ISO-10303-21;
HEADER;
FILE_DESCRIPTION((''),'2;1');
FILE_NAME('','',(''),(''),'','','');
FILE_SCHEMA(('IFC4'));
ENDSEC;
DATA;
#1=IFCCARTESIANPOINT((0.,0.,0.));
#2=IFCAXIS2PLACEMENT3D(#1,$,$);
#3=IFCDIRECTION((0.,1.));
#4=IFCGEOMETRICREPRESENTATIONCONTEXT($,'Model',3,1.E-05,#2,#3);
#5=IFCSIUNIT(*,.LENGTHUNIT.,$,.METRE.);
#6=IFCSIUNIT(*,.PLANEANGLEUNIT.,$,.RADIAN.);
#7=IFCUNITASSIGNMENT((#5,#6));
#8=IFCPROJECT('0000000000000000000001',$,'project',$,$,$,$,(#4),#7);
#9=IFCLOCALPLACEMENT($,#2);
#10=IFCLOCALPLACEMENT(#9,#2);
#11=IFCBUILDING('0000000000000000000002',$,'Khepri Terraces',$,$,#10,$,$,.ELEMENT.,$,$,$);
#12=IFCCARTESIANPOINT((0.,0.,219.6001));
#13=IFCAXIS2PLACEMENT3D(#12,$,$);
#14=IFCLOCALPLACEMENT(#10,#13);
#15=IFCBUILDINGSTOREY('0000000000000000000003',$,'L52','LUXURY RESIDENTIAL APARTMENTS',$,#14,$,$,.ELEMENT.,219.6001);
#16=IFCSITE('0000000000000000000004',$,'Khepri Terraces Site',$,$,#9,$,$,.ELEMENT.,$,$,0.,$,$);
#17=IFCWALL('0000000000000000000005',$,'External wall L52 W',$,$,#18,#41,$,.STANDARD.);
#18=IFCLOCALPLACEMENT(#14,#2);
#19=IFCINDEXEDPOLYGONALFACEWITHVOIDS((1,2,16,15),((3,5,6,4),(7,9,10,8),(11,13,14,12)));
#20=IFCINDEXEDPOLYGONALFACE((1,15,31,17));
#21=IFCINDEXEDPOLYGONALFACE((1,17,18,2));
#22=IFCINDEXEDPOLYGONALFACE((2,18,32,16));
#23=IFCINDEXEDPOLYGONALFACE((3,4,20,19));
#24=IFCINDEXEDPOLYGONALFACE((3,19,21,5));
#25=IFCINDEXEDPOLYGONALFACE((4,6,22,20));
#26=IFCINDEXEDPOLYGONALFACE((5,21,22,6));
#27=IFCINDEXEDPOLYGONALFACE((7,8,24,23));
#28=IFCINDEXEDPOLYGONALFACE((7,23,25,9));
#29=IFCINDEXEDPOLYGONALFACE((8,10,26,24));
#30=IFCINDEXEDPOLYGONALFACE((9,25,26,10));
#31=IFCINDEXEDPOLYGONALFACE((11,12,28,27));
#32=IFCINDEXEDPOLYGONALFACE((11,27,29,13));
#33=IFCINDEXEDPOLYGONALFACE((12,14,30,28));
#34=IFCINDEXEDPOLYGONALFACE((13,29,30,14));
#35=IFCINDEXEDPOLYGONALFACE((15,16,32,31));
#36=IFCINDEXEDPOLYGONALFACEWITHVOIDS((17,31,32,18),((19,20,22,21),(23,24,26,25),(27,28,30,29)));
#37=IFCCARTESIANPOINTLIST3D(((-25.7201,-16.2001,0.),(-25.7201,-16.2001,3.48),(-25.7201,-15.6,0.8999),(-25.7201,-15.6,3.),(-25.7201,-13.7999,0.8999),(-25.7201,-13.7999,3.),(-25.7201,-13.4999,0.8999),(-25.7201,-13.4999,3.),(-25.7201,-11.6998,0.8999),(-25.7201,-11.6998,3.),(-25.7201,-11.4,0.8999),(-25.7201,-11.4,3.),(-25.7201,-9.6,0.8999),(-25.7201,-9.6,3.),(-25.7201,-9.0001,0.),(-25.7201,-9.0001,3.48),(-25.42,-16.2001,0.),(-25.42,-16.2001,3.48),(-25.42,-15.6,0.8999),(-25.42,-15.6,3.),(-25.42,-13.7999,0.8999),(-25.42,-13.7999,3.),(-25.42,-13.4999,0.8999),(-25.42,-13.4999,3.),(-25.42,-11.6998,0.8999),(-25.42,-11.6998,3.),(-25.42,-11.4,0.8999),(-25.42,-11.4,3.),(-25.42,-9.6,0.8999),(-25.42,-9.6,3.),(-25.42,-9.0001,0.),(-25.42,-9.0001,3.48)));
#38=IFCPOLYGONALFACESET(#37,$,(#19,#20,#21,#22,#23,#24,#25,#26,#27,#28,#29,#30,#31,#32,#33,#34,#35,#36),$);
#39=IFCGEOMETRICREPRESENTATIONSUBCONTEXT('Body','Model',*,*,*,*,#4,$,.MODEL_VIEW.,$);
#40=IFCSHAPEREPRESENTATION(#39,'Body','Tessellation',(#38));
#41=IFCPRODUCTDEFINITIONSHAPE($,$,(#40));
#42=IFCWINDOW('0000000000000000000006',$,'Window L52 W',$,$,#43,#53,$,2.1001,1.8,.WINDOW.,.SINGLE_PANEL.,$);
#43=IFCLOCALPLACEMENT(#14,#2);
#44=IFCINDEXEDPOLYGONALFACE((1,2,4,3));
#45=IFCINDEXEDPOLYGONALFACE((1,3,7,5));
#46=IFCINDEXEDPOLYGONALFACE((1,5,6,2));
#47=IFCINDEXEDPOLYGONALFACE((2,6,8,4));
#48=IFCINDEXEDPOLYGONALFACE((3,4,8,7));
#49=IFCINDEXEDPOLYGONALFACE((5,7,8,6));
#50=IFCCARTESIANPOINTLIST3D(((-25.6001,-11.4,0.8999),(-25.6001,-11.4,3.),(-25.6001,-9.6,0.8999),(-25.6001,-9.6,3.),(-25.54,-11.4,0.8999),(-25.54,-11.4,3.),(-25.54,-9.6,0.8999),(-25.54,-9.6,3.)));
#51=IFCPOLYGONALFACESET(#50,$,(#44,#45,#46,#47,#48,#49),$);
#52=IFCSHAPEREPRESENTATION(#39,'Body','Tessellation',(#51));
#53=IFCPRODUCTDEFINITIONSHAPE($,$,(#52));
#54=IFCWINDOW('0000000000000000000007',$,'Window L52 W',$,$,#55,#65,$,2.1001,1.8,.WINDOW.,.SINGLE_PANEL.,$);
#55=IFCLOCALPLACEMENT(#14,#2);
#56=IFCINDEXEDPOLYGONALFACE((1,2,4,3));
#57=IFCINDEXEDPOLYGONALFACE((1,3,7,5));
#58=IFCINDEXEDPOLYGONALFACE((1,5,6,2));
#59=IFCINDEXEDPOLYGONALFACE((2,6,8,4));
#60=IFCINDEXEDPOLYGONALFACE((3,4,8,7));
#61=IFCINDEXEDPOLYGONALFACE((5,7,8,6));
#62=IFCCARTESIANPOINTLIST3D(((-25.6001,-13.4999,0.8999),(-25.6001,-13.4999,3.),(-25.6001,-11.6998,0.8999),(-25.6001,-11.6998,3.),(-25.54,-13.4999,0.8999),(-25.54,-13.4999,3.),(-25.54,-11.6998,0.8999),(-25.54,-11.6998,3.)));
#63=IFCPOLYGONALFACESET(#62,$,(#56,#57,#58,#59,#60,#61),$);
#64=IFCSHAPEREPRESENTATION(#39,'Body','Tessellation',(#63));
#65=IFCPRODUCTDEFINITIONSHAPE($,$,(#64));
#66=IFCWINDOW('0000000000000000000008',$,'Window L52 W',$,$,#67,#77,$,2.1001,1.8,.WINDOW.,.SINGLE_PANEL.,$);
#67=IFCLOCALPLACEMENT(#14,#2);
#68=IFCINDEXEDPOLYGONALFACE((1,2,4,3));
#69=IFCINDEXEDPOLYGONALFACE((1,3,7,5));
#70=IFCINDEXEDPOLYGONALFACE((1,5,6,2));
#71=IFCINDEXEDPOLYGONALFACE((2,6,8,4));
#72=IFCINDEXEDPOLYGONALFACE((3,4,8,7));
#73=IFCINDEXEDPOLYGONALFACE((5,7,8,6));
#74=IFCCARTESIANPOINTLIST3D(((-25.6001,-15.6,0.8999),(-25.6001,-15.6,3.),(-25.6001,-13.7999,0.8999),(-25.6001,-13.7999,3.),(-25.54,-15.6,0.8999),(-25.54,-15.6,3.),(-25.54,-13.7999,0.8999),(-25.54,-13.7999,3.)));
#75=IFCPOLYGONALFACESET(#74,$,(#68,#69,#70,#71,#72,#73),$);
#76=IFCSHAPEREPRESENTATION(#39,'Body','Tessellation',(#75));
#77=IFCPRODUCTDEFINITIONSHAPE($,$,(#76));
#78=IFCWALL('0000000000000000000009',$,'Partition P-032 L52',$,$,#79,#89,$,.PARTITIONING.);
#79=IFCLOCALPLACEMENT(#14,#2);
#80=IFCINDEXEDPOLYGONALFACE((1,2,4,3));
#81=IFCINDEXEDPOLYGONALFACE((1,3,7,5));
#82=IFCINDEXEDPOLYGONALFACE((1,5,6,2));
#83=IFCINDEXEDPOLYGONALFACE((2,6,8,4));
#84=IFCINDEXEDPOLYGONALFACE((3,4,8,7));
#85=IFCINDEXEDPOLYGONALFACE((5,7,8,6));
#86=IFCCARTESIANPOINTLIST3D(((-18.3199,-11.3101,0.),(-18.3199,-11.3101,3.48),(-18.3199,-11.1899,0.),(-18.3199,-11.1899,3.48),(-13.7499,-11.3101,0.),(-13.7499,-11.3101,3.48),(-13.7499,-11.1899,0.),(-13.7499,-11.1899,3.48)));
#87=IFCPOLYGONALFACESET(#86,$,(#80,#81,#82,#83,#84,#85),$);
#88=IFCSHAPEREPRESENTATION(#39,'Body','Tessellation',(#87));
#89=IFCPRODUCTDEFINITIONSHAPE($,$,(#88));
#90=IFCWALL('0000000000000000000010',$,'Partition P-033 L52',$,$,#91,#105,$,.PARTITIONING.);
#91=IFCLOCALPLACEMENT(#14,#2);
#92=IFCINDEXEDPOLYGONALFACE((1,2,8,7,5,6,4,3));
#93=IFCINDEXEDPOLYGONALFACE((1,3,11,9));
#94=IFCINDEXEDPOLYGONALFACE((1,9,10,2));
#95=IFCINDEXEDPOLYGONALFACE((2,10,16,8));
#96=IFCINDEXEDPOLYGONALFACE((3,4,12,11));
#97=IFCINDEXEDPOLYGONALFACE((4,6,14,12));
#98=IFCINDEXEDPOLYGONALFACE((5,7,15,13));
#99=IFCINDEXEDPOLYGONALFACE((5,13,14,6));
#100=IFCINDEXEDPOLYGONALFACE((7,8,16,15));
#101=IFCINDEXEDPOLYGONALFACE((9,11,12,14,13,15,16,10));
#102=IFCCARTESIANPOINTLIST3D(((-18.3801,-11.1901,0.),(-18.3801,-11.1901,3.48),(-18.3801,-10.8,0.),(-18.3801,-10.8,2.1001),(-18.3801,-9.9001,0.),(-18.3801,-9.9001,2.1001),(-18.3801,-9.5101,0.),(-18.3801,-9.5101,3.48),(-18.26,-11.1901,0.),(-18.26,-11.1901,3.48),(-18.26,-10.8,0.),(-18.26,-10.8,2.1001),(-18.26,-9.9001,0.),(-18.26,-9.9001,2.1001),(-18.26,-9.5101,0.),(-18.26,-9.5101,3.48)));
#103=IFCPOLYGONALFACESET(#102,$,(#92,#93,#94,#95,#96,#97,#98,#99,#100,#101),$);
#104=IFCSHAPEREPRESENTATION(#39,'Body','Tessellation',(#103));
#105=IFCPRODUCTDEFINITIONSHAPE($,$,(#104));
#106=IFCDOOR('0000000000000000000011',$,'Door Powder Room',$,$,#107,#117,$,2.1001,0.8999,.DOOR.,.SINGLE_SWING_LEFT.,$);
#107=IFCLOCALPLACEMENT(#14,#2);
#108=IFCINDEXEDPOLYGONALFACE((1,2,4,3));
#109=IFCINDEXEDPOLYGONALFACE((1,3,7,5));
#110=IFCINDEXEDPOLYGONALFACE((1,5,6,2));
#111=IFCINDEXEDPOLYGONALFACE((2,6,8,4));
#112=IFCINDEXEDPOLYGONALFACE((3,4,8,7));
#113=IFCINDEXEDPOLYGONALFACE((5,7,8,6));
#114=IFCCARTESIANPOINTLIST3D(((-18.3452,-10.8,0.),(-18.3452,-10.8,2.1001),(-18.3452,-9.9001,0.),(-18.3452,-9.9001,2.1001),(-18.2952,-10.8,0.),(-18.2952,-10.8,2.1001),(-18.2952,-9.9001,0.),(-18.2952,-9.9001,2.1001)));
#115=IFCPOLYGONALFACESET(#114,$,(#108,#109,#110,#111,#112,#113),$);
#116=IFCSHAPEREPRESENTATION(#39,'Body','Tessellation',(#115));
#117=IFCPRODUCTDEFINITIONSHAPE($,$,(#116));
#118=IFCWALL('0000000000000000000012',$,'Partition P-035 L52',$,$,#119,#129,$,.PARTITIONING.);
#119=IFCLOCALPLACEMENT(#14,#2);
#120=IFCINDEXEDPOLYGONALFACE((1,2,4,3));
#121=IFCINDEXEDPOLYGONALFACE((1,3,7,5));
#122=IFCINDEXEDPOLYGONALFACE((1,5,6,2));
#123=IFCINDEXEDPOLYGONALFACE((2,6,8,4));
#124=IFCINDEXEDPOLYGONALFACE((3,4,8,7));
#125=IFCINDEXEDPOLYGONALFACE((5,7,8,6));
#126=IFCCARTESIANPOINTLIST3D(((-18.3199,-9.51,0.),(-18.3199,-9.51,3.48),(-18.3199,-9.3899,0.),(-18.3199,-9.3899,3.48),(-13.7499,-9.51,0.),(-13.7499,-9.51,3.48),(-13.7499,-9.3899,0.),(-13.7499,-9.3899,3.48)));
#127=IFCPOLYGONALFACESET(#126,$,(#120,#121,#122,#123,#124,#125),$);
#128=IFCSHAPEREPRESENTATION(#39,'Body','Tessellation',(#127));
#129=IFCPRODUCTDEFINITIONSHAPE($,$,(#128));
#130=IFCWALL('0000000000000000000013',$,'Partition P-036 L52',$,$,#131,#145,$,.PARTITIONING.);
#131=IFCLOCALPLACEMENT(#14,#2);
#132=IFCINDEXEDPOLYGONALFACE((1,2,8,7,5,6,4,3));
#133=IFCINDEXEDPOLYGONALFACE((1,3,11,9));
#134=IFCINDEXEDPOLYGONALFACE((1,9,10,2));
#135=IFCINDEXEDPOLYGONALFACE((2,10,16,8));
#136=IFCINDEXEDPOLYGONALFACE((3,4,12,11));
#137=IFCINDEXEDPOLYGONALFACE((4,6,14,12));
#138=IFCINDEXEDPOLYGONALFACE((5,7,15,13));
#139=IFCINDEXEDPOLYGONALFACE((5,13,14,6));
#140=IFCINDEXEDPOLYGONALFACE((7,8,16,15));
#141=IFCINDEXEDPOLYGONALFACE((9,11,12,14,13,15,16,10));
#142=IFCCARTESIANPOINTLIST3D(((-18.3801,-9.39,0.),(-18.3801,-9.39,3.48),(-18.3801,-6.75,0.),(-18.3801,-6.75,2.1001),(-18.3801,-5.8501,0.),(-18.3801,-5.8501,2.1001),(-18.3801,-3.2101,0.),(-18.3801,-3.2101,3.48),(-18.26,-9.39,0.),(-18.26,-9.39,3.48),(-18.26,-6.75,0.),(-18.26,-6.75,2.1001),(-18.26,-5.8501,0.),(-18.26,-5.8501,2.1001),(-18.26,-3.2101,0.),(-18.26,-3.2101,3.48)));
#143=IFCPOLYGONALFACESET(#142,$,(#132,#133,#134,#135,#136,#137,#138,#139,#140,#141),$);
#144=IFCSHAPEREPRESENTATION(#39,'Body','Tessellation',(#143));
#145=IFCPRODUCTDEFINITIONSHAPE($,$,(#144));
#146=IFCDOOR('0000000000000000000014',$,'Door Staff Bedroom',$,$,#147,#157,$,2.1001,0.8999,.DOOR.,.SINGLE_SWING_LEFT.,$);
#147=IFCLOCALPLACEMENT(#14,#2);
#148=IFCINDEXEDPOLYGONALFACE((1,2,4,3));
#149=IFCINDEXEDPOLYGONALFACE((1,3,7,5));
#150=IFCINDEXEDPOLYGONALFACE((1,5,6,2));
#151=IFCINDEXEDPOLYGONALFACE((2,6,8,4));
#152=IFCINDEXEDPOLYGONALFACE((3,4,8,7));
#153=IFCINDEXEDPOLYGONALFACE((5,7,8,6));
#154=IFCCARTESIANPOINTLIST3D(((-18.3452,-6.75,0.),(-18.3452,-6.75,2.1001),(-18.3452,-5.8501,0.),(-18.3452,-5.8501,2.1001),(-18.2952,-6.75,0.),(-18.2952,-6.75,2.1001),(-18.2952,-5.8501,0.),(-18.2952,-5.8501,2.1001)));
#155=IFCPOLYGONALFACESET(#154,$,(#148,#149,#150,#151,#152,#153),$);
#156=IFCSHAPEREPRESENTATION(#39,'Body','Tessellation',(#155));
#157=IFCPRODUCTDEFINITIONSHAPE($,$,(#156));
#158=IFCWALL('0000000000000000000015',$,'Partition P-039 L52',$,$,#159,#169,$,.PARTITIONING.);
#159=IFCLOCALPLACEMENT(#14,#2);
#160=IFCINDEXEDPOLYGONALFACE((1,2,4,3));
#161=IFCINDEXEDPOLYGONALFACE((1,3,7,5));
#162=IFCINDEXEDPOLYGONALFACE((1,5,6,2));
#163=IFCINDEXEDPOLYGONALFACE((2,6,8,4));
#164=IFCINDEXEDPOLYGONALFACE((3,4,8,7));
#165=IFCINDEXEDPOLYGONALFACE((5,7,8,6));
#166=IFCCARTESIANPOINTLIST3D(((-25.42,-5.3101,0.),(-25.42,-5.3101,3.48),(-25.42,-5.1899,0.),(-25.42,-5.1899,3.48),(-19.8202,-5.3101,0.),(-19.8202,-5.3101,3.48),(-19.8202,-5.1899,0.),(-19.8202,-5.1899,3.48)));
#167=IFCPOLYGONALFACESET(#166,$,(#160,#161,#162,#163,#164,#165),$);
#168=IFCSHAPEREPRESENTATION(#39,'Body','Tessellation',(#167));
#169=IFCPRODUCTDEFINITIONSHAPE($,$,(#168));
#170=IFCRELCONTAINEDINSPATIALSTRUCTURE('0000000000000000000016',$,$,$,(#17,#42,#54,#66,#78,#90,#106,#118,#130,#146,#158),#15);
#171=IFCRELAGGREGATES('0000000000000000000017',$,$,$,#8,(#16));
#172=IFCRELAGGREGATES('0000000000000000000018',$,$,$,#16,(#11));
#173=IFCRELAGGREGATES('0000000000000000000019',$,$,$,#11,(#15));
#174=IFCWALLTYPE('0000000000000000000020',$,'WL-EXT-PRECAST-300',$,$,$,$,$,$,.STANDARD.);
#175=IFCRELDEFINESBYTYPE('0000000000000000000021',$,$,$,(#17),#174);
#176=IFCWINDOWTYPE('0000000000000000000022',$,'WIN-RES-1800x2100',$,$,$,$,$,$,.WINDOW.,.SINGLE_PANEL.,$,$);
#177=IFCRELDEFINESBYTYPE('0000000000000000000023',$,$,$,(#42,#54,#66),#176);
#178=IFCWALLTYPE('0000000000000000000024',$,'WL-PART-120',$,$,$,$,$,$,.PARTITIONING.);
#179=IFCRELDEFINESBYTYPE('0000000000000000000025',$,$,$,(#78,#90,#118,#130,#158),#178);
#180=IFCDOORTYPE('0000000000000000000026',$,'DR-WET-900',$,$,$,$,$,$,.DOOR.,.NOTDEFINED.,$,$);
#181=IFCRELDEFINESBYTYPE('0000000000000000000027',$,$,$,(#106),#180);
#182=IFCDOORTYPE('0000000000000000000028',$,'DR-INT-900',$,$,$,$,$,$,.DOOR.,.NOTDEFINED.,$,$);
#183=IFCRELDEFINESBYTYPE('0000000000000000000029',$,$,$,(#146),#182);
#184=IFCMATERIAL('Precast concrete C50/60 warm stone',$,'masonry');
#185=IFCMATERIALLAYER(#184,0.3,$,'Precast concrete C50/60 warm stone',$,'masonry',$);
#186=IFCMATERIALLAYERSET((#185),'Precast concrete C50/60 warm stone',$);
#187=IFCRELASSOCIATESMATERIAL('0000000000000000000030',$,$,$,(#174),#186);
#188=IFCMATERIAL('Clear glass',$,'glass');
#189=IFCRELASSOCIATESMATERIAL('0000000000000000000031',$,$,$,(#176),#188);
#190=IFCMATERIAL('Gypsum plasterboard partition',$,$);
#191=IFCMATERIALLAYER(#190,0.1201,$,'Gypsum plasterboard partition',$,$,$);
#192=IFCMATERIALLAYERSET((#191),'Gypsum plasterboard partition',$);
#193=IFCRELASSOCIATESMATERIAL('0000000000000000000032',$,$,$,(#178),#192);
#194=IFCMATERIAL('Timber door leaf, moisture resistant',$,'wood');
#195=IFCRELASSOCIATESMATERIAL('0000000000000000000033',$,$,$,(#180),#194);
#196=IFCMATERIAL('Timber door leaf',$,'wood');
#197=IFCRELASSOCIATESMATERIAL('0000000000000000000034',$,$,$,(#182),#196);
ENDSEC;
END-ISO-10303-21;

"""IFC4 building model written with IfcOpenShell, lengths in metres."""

from ifc_helpers import new_model, si_unit, direction, frame, frame_2d, origin, place, context, subcontext, project, spatial, rectangle, extrude, material, layer, layer_set, type_object, element, fill, save


model = new_model("IFC4")

# Units and contexts
model_context = context("Model", 3, precision=1e-05, world=origin(), true_north=direction((0.0, 1.0)))
body_context = subcontext(model_context, "Body", "Model", "MODEL_VIEW")
ifc_project = project(units=[si_unit("LENGTHUNIT", "METRE"), si_unit("PLANEANGLEUNIT", "RADIAN")], contexts=[model_context])

# Site, building, storey
site_placement = place(None, origin())
site = spatial("IfcSite", under=ifc_project, at=site_placement, Name="Khepri Terraces Site", CompositionType="ELEMENT", RefElevation=0.0)
building_placement = place(site_placement, origin())
building = spatial("IfcBuilding", under=site, at=building_placement, Name="Khepri Terraces", CompositionType="ELEMENT")
storey_placement = place(building_placement, frame((0.0, 0.0, 219.6001)))
storey = spatial("IfcBuildingStorey", under=building, at=storey_placement, Name="L52", Description="LUXURY RESIDENTIAL APARTMENTS", CompositionType="ELEMENT", Elevation=219.6001)

# Wall, openings, windows
ifc_material_1 = material(Name="Precast concrete C50/60 warm stone", Category="masonry")
ifc_layer_1 = layer(ifc_material_1, 0.3, Name="Precast concrete C50/60 warm stone", Category="masonry")
ifc_layer_set_1 = layer_set([ifc_layer_1], Name="Precast concrete C50/60 warm stone")
wall_type_1 = type_object("IfcWallType", Name="WL-EXT-PRECAST-300", PredefinedType="STANDARD", material=ifc_layer_set_1)
ifc_material_2 = material(Name="Clear glass", Category="glass")
window_type = type_object("IfcWindowType", Name="WIN-RES-1800x2100", PartitioningType="SINGLE_PANEL", PredefinedType="WINDOW", material=ifc_material_2)
wall_1_placement = place(storey_placement, frame((-25.5701, -9.0, 0.0), z_axis=(0.0, 0.0, 1.0), x_axis=(0.0, -1.0, 0.0)))
wall_1 = element("IfcWall", 1, at=wall_1_placement, inside=storey, type_object=wall_type_1, Name="External wall L52 W", PredefinedType="STANDARD", context=body_context, shape_type="SweptSolid", body=[
    extrude(rectangle(XDim=7.2, YDim=0.3, at=frame_2d((3.6001, 0.0))), origin(), (0.0, 0.0, 1.0), 3.48),
])
opening_1_placement = place(wall_1_placement, frame((0.6001, 0.0, 0.8999)))
opening_1 = element("IfcOpeningElement", 2, at=opening_1_placement, cuts=wall_1, PredefinedType="OPENING", context=body_context, shape_type="SweptSolid", body=[
    extrude(rectangle(XDim=1.8, YDim=2.1001, at=frame_2d((0.8999, 1.05))), frame((0.0, 0.1602, 0.0), z_axis=(0.0, -1.0, 0.0), x_axis=(1.0, 0.0, 0.0)), (0.0, 0.0, 1.0), 0.3201),
])
opening_2_placement = place(wall_1_placement, frame((2.7, 0.0, 0.8999)))
opening_2 = element("IfcOpeningElement", 3, at=opening_2_placement, cuts=wall_1, PredefinedType="OPENING", context=body_context, shape_type="SweptSolid", body=[
    extrude(rectangle(XDim=1.8, YDim=2.1001, at=frame_2d((0.8999, 1.05))), frame((0.0, 0.1602, 0.0), z_axis=(0.0, -1.0, 0.0), x_axis=(1.0, 0.0, 0.0)), (0.0, 0.0, 1.0), 0.3201),
])
opening_3_placement = place(wall_1_placement, frame((4.8, 0.0, 0.8999)))
opening_3 = element("IfcOpeningElement", 4, at=opening_3_placement, cuts=wall_1, PredefinedType="OPENING", context=body_context, shape_type="SweptSolid", body=[
    extrude(rectangle(XDim=1.8, YDim=2.1001, at=frame_2d((0.8999, 1.05))), frame((0.0, 0.1602, 0.0), z_axis=(0.0, -1.0, 0.0), x_axis=(1.0, 0.0, 0.0)), (0.0, 0.0, 1.0), 0.3201),
])
window_1_placement = place(opening_1_placement, origin())
window_1 = element("IfcWindow", 5, at=window_1_placement, inside=storey, type_object=window_type, Name="Window L52 W", OverallHeight=2.1001, OverallWidth=1.8, PartitioningType="SINGLE_PANEL", PredefinedType="WINDOW", context=body_context, shape_type="SweptSolid", body=[
    extrude(rectangle(XDim=1.8, YDim=2.1001, at=frame_2d((0.8999, 1.05))), frame((0.0, 0.03, 0.0), z_axis=(0.0, -1.0, 0.0), x_axis=(1.0, 0.0, 0.0)), (0.0, 0.0, 1.0), 0.0601),
])
fill(opening_1, window_1)
window_2_placement = place(opening_2_placement, origin())
window_2 = element("IfcWindow", 6, at=window_2_placement, inside=storey, type_object=window_type, Name="Window L52 W", OverallHeight=2.1001, OverallWidth=1.8, PartitioningType="SINGLE_PANEL", PredefinedType="WINDOW", context=body_context, shape_type="SweptSolid", body=[
    extrude(rectangle(XDim=1.8, YDim=2.1001, at=frame_2d((0.8999, 1.05))), frame((0.0, 0.03, 0.0), z_axis=(0.0, -1.0, 0.0), x_axis=(1.0, 0.0, 0.0)), (0.0, 0.0, 1.0), 0.0601),
])
fill(opening_2, window_2)
window_3_placement = place(opening_3_placement, origin())
window_3 = element("IfcWindow", 7, at=window_3_placement, inside=storey, type_object=window_type, Name="Window L52 W", OverallHeight=2.1001, OverallWidth=1.8, PartitioningType="SINGLE_PANEL", PredefinedType="WINDOW", context=body_context, shape_type="SweptSolid", body=[
    extrude(rectangle(XDim=1.8, YDim=2.1001, at=frame_2d((0.8999, 1.05))), frame((0.0, 0.03, 0.0), z_axis=(0.0, -1.0, 0.0), x_axis=(1.0, 0.0, 0.0)), (0.0, 0.0, 1.0), 0.0601),
])
fill(opening_3, window_3)

# Wall
ifc_material_3 = material(Name="Gypsum plasterboard partition")
ifc_layer_2 = layer(ifc_material_3, 0.1201, Name="Gypsum plasterboard partition")
ifc_layer_set_2 = layer_set([ifc_layer_2], Name="Gypsum plasterboard partition")
wall_type_2 = type_object("IfcWallType", Name="WL-PART-120", PredefinedType="PARTITIONING", material=ifc_layer_set_2)
wall_2_placement = place(storey_placement, frame((-18.3201, -11.25, 0.0), z_axis=(0.0, 0.0, 1.0), x_axis=(1.0, 0.0, 0.0)))
element("IfcWall", 8, at=wall_2_placement, inside=storey, type_object=wall_type_2, Name="Partition P-032 L52", PredefinedType="PARTITIONING", context=body_context, shape_type="SweptSolid", body=[
    extrude(rectangle(XDim=4.5701, YDim=0.1201, at=frame_2d((2.2852, 0.0))), origin(), (0.0, 0.0, 1.0), 3.48),
])

# Wall, opening, door
wall_3_placement = place(storey_placement, frame((-18.3201, -11.1899, 0.0), z_axis=(0.0, 0.0, 1.0), x_axis=(0.0, 1.0, 0.0)))
wall_3 = element("IfcWall", 9, at=wall_3_placement, inside=storey, type_object=wall_type_2, Name="Partition P-033 L52", PredefinedType="PARTITIONING", context=body_context, shape_type="SweptSolid", body=[
    extrude(rectangle(XDim=1.6799, YDim=0.1201, at=frame_2d((0.8398, 0.0))), origin(), (0.0, 0.0, 1.0), 3.48),
])
opening_4_placement = place(wall_3_placement, frame((0.3899, 0.0, 0.0)))
opening_4 = element("IfcOpeningElement", 10, at=opening_4_placement, cuts=wall_3, PredefinedType="OPENING", context=body_context, shape_type="SweptSolid", body=[
    extrude(rectangle(XDim=0.8999, YDim=2.1001, at=frame_2d((0.45, 1.05))), frame((0.0, 0.0701, 0.0), z_axis=(0.0, -1.0, 0.0), x_axis=(1.0, 0.0, 0.0)), (0.0, 0.0, 1.0), 0.1401),
])
ifc_material_4 = material(Name="Timber door leaf, moisture resistant", Category="wood")
door_type_1 = type_object("IfcDoorType", Name="DR-WET-900", OperationType="NOTDEFINED", PredefinedType="DOOR", material=ifc_material_4)
door_1_placement = place(opening_4_placement, frame((0.8999, 0.0, 0.0), z_axis=(0.0, 0.0, 1.0), x_axis=(-1.0, 0.0, 0.0)))
door_1 = element("IfcDoor", 11, at=door_1_placement, inside=storey, type_object=door_type_1, Name="Door Powder Room", OperationType="SINGLE_SWING_LEFT", OverallHeight=2.1001, OverallWidth=0.8999, PredefinedType="DOOR", context=body_context, shape_type="SweptSolid", body=[
    extrude(rectangle(XDim=0.8999, YDim=2.1001, at=frame_2d((0.45, 1.05))), frame((0.0, 0.0249, 0.0), z_axis=(0.0, -1.0, 0.0), x_axis=(1.0, 0.0, 0.0)), (0.0, 0.0, 1.0), 0.05),
])
fill(opening_4, door_1)

# Wall
wall_4_placement = place(storey_placement, frame((-18.3201, -9.45, 0.0), z_axis=(0.0, 0.0, 1.0), x_axis=(1.0, 0.0, 0.0)))
element("IfcWall", 12, at=wall_4_placement, inside=storey, type_object=wall_type_2, Name="Partition P-035 L52", PredefinedType="PARTITIONING", context=body_context, shape_type="SweptSolid", body=[
    extrude(rectangle(XDim=4.5701, YDim=0.1201, at=frame_2d((2.2852, 0.0))), origin(), (0.0, 0.0, 1.0), 3.48),
])

# Wall, opening, door
wall_5_placement = place(storey_placement, frame((-18.3201, -9.3899, 0.0), z_axis=(0.0, 0.0, 1.0), x_axis=(0.0, 1.0, 0.0)))
wall_5 = element("IfcWall", 13, at=wall_5_placement, inside=storey, type_object=wall_type_2, Name="Partition P-036 L52", PredefinedType="PARTITIONING", context=body_context, shape_type="SweptSolid", body=[
    extrude(rectangle(XDim=6.1799, YDim=0.1201, at=frame_2d((3.0898, 0.0))), origin(), (0.0, 0.0, 1.0), 3.48),
])
opening_5_placement = place(wall_5_placement, frame((2.6399, 0.0, 0.0)))
opening_5 = element("IfcOpeningElement", 14, at=opening_5_placement, cuts=wall_5, PredefinedType="OPENING", context=body_context, shape_type="SweptSolid", body=[
    extrude(rectangle(XDim=0.8999, YDim=2.1001, at=frame_2d((0.45, 1.05))), frame((0.0, 0.0701, 0.0), z_axis=(0.0, -1.0, 0.0), x_axis=(1.0, 0.0, 0.0)), (0.0, 0.0, 1.0), 0.1401),
])
ifc_material_5 = material(Name="Timber door leaf", Category="wood")
door_type_2 = type_object("IfcDoorType", Name="DR-INT-900", OperationType="NOTDEFINED", PredefinedType="DOOR", material=ifc_material_5)
door_2_placement = place(opening_5_placement, frame((0.8999, 0.0, 0.0), z_axis=(0.0, 0.0, 1.0), x_axis=(-1.0, 0.0, 0.0)))
door_2 = element("IfcDoor", 15, at=door_2_placement, inside=storey, type_object=door_type_2, Name="Door Staff Bedroom", OperationType="SINGLE_SWING_LEFT", OverallHeight=2.1001, OverallWidth=0.8999, PredefinedType="DOOR", context=body_context, shape_type="SweptSolid", body=[
    extrude(rectangle(XDim=0.8999, YDim=2.1001, at=frame_2d((0.45, 1.05))), frame((0.0, 0.0249, 0.0), z_axis=(0.0, -1.0, 0.0), x_axis=(1.0, 0.0, 0.0)), (0.0, 0.0, 1.0), 0.05),
])
fill(opening_5, door_2)

# Wall
wall_6_placement = place(storey_placement, frame((-25.4199, -5.25, 0.0), z_axis=(0.0, 0.0, 1.0), x_axis=(1.0, 0.0, 0.0)))
element("IfcWall", 16, at=wall_6_placement, inside=storey, type_object=wall_type_2, Name="Partition P-039 L52", PredefinedType="PARTITIONING", context=body_context, shape_type="SweptSolid", body=[
    extrude(rectangle(XDim=5.5999, YDim=0.1201, at=frame_2d((2.7998, 0.0))), origin(), (0.0, 0.0, 1.0), 3.48),
])

save(model, "model.ifc")
